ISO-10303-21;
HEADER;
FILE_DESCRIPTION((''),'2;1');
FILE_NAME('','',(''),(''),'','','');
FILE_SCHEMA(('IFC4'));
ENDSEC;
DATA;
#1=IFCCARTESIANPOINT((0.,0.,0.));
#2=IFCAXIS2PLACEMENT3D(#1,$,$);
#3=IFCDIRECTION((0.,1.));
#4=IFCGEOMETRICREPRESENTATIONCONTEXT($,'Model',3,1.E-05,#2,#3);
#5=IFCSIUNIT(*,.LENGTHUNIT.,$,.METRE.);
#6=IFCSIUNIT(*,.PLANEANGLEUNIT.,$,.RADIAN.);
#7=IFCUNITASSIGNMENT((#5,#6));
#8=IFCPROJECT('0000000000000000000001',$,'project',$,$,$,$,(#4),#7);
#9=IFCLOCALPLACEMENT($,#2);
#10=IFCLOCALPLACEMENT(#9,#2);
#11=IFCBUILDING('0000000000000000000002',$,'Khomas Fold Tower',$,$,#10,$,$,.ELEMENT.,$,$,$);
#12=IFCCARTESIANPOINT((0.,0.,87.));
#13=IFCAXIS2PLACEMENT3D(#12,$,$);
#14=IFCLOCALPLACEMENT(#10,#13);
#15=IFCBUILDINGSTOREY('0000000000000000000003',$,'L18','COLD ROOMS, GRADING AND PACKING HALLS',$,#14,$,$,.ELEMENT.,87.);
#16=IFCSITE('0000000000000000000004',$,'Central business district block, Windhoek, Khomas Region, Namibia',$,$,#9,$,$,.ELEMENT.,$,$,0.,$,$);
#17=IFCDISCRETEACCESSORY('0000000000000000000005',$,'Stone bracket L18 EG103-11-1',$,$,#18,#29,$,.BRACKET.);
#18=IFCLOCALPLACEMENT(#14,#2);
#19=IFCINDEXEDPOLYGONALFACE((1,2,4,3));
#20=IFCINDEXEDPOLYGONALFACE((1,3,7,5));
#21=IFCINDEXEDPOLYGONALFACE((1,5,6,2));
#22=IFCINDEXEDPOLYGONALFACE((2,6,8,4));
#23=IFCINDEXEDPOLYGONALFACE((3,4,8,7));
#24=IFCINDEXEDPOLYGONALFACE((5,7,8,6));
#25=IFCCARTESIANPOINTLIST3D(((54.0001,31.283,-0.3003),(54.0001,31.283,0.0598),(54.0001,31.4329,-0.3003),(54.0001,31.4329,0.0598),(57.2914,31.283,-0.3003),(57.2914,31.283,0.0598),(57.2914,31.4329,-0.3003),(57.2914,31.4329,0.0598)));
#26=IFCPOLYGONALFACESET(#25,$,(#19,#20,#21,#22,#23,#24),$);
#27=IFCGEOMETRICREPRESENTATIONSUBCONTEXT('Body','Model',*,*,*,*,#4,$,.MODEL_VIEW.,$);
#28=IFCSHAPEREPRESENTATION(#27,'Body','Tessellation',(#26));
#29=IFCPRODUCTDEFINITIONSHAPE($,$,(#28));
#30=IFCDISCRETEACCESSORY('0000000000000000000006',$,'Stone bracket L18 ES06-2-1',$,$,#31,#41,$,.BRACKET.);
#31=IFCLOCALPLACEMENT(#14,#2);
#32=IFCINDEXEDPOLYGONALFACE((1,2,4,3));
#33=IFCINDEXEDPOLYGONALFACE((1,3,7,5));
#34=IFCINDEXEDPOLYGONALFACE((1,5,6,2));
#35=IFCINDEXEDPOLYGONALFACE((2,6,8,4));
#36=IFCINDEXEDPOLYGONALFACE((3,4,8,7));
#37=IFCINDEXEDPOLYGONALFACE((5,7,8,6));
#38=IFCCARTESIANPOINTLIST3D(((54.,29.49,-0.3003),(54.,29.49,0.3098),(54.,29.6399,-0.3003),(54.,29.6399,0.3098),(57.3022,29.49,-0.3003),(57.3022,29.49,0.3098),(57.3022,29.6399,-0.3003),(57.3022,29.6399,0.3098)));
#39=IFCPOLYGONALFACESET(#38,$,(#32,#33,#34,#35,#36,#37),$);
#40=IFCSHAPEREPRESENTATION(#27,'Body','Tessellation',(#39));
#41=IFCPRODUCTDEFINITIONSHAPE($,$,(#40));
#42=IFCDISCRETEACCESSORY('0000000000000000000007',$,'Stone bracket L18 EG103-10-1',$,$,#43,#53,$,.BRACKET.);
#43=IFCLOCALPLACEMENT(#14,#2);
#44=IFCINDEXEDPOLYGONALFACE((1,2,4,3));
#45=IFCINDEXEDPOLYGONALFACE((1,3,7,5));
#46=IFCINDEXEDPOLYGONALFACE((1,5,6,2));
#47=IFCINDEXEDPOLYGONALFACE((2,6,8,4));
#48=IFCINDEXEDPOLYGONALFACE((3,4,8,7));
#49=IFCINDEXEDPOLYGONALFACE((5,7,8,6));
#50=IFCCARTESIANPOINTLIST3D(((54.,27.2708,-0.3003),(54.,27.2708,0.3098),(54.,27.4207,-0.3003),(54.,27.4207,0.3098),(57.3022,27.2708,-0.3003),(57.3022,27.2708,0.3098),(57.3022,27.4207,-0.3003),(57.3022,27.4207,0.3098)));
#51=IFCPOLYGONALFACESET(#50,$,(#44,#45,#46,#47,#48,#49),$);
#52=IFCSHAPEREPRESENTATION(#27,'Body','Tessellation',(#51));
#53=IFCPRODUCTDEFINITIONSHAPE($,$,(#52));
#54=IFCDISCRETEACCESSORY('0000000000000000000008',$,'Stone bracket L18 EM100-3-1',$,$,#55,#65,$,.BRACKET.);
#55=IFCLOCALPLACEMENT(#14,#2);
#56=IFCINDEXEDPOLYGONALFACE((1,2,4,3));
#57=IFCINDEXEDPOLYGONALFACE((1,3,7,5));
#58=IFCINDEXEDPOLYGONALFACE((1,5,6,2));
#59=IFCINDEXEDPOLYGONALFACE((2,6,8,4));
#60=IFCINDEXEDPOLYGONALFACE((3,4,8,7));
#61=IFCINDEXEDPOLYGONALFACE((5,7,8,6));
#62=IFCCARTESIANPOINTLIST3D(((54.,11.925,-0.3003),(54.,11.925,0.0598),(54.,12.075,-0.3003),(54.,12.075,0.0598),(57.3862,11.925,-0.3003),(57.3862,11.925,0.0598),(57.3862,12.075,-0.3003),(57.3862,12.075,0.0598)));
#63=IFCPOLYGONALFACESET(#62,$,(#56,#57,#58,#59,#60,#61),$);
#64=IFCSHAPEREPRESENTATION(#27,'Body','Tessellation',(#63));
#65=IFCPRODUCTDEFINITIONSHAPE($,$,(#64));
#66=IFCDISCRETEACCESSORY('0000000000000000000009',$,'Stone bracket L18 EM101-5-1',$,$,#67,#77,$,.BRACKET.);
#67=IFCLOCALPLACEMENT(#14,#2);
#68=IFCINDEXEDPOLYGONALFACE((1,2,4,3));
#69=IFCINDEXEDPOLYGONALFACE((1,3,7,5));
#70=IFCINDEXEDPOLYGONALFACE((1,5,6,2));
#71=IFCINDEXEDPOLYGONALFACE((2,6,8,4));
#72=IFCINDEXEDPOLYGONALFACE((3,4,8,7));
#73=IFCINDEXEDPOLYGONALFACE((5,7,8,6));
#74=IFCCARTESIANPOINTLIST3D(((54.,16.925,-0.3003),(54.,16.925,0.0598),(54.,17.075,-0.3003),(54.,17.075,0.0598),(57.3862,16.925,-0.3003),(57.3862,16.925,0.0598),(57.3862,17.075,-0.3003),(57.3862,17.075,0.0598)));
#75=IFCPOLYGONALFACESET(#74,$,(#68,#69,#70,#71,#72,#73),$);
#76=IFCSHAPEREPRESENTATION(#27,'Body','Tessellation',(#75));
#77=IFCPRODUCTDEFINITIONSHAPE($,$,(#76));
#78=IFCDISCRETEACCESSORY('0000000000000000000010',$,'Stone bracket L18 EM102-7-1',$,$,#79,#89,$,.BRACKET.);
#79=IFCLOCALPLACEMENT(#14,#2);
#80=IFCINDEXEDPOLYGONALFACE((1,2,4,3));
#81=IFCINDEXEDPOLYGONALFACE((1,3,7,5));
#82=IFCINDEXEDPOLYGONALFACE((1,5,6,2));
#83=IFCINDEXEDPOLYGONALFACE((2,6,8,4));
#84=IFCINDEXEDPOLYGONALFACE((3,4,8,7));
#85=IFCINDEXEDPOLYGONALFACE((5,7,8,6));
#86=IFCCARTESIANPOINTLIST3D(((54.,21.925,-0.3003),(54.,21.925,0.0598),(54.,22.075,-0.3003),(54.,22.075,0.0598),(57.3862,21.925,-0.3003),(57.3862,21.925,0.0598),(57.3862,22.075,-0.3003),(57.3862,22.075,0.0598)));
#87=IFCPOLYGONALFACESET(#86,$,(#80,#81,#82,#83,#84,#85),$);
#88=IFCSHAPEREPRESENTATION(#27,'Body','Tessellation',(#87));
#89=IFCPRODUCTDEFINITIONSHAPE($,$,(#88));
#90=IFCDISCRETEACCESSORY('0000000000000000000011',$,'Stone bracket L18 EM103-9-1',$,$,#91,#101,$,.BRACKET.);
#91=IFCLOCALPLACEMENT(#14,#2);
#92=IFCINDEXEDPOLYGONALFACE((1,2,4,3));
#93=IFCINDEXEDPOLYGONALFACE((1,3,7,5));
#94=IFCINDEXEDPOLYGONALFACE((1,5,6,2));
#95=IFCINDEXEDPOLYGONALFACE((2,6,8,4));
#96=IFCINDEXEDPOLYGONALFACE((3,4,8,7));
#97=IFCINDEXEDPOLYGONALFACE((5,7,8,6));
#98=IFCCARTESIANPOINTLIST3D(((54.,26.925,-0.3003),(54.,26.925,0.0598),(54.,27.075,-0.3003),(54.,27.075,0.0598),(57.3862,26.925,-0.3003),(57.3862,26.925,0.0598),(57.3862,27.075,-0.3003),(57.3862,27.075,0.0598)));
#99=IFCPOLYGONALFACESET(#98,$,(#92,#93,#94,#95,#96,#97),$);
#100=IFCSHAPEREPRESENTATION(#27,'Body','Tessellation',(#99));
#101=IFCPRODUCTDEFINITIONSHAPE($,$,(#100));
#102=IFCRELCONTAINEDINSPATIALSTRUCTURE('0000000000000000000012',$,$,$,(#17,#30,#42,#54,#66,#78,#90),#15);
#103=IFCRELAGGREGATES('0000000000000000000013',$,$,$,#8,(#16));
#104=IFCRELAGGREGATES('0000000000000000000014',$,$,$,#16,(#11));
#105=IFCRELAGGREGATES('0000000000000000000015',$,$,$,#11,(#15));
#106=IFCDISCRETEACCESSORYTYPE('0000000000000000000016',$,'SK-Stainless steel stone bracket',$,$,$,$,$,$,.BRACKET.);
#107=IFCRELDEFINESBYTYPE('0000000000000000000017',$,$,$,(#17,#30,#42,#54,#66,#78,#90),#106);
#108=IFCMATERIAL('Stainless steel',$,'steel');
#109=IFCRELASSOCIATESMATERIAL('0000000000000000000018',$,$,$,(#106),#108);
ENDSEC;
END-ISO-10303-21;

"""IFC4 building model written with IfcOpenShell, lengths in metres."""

from ifc_helpers import new_model, si_unit, direction, frame, origin, origin_2d, place, context, subcontext, project, spatial, rectangle, extrude, source, transform, mapped, material, type_object, element, save


model = new_model("IFC4")

# Units and contexts
model_context = context("Model", 3, precision=1e-05, world=origin(), true_north=direction((0.0, 1.0)))
body_context = subcontext(model_context, "Body", "Model", "MODEL_VIEW")
ifc_project = project(units=[si_unit("LENGTHUNIT", "METRE"), si_unit("PLANEANGLEUNIT", "RADIAN")], contexts=[model_context])

# Site, building, storey
site_placement = place(None, origin())
site = spatial("IfcSite", under=ifc_project, at=site_placement, Name="Central business district block, Windhoek, Khomas Region, Namibia", CompositionType="ELEMENT", RefElevation=0.0)
building_placement = place(site_placement, origin())
building = spatial("IfcBuilding", under=site, at=building_placement, Name="Khomas Fold Tower", CompositionType="ELEMENT")
storey_placement = place(building_placement, frame((0.0, 0.0, 87.0)))
storey = spatial("IfcBuildingStorey", under=building, at=storey_placement, Name="L18", Description="COLD ROOMS, GRADING AND PACKING HALLS", CompositionType="ELEMENT", Elevation=87.0)

# Discrete accessories
ifc_material_1 = material(Name="Stainless steel", Category="steel")
discrete_accessory_type = type_object("IfcDiscreteAccessoryType", Name="SK-Stainless steel stone bracket", PredefinedType="BRACKET", material=ifc_material_1)
shared_shape_1 = source(origin(), body_context, "Body", "SweptSolid", [
    extrude(rectangle(XDim=3.2913, YDim=0.1499, at=origin_2d()), origin(), (0.0, 0.0, 1.0), 0.3601),
])
for number, where, z_axis, x_axis, name in (
    (1, (55.6458, 31.3579, -0.3003), (0.0, 0.0, 1.0), (1.0, 0.0, 0.0), "Stone bracket L18 EG103-11-1"),
):
    element("IfcDiscreteAccessory", number, at=place(storey_placement, frame(where, z_axis=z_axis, x_axis=x_axis)), inside=storey, type_object=discrete_accessory_type, Name=name, PredefinedType="BRACKET", context=body_context, shape_type="MappedRepresentation", body=[
        mapped(shared_shape_1, transform((0.0, 0.0, 0.0))),
    ])
shared_shape_2 = source(origin(), body_context, "Body", "SweptSolid", [
    extrude(rectangle(XDim=3.3022, YDim=0.1499, at=origin_2d()), origin(), (0.0, 0.0, 1.0), 0.6101),
])
for number, where, z_axis, x_axis, name in (
    (2, (55.6511, 29.5649, -0.3003), (0.0, 0.0, 1.0), (1.0, 0.0, 0.0), "Stone bracket L18 ES06-2-1"),
    (3, (55.6511, 27.3457, -0.3003), (0.0, 0.0, 1.0), (1.0, 0.0, 0.0), "Stone bracket L18 EG103-10-1"),
):
    element("IfcDiscreteAccessory", number, at=place(storey_placement, frame(where, z_axis=z_axis, x_axis=x_axis)), inside=storey, type_object=discrete_accessory_type, Name=name, PredefinedType="BRACKET", context=body_context, shape_type="MappedRepresentation", body=[
        mapped(shared_shape_2, transform((0.0, 0.0, 0.0))),
    ])
shared_shape_3 = source(origin(), body_context, "Body", "SweptSolid", [
    extrude(rectangle(XDim=3.3862, YDim=0.1499, at=origin_2d()), origin(), (0.0, 0.0, 1.0), 0.3601),
])
for number, where, z_axis, x_axis, name in (
    (4, (55.6931, 12.0, -0.3003), (0.0, 0.0, 1.0), (1.0, 0.0, 0.0), "Stone bracket L18 EM100-3-1"),
    (5, (55.6931, 17.0, -0.3003), (0.0, 0.0, 1.0), (1.0, 0.0, 0.0), "Stone bracket L18 EM101-5-1"),
    (6, (55.6931, 22.0, -0.3003), (0.0, 0.0, 1.0), (1.0, 0.0, 0.0), "Stone bracket L18 EM102-7-1"),
    (7, (55.6931, 27.0, -0.3003), (0.0, 0.0, 1.0), (1.0, 0.0, 0.0), "Stone bracket L18 EM103-9-1"),
):
    element("IfcDiscreteAccessory", number, at=place(storey_placement, frame(where, z_axis=z_axis, x_axis=x_axis)), inside=storey, type_object=discrete_accessory_type, Name=name, PredefinedType="BRACKET", context=body_context, shape_type="MappedRepresentation", body=[
        mapped(shared_shape_3, transform((0.0, 0.0, 0.0))),
    ])

save(model, "model.ifc")
